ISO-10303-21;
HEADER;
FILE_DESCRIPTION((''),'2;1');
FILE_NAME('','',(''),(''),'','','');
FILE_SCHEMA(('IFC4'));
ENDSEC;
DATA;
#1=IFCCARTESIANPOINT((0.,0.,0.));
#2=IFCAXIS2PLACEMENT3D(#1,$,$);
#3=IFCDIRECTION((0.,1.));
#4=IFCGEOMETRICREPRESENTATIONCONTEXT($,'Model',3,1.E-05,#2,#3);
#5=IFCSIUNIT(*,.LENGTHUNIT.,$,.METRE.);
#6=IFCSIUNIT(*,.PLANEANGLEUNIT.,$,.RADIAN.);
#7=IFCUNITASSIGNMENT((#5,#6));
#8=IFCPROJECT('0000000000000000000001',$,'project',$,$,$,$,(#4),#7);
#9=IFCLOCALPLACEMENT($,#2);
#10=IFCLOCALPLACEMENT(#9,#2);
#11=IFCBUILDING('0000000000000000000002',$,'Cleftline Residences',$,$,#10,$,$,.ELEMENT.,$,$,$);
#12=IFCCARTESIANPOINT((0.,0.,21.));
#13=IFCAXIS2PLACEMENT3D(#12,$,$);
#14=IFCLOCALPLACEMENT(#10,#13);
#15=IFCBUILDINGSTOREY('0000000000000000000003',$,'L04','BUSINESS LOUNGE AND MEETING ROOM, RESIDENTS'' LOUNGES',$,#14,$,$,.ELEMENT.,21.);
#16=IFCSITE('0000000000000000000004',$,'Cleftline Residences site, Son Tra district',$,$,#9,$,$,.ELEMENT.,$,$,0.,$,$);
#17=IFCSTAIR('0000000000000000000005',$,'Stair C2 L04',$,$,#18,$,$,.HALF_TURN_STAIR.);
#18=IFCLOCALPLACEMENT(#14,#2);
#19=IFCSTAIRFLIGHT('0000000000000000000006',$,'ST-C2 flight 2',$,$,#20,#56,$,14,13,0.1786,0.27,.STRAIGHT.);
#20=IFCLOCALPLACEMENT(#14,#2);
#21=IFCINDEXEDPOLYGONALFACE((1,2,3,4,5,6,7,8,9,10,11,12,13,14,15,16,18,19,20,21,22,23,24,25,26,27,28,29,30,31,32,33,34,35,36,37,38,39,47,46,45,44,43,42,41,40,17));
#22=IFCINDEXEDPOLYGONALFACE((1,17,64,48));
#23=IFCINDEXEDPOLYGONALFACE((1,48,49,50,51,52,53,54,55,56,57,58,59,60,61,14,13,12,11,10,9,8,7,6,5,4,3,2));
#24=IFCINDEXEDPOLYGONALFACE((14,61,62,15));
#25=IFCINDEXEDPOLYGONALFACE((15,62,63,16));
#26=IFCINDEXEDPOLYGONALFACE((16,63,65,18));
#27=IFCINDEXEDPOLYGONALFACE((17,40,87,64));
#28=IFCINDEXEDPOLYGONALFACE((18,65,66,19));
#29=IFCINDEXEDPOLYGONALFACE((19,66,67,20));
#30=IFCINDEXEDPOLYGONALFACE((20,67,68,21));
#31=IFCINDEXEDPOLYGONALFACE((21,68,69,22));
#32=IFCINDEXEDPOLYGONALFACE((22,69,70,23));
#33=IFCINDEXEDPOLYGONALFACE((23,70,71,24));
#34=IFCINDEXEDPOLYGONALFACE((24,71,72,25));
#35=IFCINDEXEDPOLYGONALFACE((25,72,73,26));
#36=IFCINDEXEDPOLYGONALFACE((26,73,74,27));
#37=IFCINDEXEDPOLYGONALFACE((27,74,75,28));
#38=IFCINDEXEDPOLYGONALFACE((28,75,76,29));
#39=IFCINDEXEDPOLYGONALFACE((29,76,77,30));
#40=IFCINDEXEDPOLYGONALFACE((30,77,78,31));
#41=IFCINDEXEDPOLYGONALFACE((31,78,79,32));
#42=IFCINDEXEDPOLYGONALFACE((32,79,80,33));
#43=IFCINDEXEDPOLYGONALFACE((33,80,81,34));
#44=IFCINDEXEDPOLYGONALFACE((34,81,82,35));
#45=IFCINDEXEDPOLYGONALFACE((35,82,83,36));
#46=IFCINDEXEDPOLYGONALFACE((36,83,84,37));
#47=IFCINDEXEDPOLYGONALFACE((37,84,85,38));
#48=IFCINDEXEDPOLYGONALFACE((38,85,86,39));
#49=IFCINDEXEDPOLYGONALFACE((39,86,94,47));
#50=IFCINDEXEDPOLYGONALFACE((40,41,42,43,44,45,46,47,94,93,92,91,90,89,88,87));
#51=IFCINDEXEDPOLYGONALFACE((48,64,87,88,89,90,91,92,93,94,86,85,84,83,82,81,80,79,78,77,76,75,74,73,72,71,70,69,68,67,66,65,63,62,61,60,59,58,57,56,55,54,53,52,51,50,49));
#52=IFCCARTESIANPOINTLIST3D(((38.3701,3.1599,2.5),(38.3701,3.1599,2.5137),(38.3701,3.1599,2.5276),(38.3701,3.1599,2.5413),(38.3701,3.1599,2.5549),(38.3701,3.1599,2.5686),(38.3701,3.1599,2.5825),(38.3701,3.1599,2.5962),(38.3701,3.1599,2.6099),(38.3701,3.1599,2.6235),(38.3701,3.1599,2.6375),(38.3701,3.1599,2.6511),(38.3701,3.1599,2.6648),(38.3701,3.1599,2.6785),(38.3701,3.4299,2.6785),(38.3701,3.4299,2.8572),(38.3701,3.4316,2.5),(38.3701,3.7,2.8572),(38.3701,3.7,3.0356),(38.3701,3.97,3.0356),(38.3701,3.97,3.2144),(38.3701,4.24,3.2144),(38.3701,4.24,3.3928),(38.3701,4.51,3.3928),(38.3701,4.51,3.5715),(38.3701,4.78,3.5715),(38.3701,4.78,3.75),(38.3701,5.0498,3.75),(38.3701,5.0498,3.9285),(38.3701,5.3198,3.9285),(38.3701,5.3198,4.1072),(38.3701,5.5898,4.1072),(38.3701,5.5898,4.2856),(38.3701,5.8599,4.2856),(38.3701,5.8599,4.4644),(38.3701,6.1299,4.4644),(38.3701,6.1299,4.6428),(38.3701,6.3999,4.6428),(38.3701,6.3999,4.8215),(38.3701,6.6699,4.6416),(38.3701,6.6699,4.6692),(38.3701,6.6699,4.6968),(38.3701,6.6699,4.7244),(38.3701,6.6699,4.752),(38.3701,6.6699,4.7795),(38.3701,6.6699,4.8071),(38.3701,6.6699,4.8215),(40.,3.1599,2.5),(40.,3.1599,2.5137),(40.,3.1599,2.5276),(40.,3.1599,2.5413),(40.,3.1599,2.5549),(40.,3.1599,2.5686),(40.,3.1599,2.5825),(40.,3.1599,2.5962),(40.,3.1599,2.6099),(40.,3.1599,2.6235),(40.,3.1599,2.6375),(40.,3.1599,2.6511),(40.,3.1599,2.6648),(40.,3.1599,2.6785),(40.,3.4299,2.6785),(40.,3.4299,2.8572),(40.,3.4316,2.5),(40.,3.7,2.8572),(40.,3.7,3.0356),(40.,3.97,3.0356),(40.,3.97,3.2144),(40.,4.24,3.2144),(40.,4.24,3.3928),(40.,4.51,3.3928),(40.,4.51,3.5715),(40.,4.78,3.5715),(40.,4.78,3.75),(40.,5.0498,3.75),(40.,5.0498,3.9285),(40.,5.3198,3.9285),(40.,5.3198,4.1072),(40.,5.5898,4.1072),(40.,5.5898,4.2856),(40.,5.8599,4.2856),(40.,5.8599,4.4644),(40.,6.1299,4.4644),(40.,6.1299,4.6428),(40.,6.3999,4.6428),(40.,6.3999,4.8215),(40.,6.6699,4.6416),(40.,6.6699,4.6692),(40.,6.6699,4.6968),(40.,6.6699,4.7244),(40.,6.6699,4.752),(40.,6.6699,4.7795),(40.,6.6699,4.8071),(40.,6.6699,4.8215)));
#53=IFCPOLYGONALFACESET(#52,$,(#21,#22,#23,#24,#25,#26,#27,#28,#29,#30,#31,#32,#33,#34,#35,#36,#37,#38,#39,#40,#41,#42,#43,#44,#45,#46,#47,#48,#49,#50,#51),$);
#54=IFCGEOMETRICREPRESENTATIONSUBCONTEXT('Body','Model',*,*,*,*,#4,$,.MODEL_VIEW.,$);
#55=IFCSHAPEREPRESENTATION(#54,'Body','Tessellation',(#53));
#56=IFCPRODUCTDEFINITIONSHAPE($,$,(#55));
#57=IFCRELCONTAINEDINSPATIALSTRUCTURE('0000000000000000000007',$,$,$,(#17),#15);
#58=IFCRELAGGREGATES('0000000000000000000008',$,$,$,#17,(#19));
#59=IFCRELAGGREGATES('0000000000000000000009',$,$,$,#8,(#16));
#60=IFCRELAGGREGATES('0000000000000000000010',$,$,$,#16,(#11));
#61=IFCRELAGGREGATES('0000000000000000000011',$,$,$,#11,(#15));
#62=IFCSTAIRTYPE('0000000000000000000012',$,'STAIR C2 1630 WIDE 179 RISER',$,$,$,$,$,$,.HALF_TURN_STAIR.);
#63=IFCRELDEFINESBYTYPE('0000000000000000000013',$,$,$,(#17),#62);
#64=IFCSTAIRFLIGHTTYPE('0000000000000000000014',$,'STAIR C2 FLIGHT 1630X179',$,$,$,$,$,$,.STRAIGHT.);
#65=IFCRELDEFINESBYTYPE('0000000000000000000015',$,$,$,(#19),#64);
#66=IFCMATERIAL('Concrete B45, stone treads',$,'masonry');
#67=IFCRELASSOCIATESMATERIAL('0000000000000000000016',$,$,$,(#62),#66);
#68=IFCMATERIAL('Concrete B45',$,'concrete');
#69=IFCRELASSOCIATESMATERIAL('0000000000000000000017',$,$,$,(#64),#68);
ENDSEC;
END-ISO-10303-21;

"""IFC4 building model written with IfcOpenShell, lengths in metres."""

from ifc_helpers import new_model, si_unit, direction, frame, origin, place, context, subcontext, project, spatial, polyline, outline, extrude, material, type_object, element, aggregate, save


model = new_model("IFC4")

# Units and contexts
model_context = context("Model", 3, precision=1e-05, world=origin(), true_north=direction((0.0, 1.0)))
body_context = subcontext(model_context, "Body", "Model", "MODEL_VIEW")
ifc_project = project(units=[si_unit("LENGTHUNIT", "METRE"), si_unit("PLANEANGLEUNIT", "RADIAN")], contexts=[model_context])

# Site, building, storey
site_placement = place(None, origin())
site = spatial("IfcSite", under=ifc_project, at=site_placement, Name="Cleftline Residences site, Son Tra district", CompositionType="ELEMENT", RefElevation=0.0)
building_placement = place(site_placement, origin())
building = spatial("IfcBuilding", under=site, at=building_placement, Name="Cleftline Residences", CompositionType="ELEMENT")
storey_placement = place(building_placement, frame((0.0, 0.0, 21.0)))
storey = spatial("IfcBuildingStorey", under=building, at=storey_placement, Name="L04", Description="BUSINESS LOUNGE AND MEETING ROOM, RESIDENTS' LOUNGES", CompositionType="ELEMENT", Elevation=21.0)

# Stair, stair flight
ifc_material_1 = material(Name="Concrete B45, stone treads", Category="masonry")
stair_type = type_object("IfcStairType", Name="STAIR C2 1630 WIDE 179 RISER", PredefinedType="HALF_TURN_STAIR", material=ifc_material_1)
stair_placement = place(storey_placement, origin())
stair = element("IfcStair", 1, at=stair_placement, inside=storey, type_object=stair_type, Name="Stair C2 L04", PredefinedType="HALF_TURN_STAIR")
ifc_material_2 = material(Name="Concrete B45", Category="concrete")
stair_flight_type = type_object("IfcStairFlightType", Name="STAIR C2 FLIGHT 1630X179", PredefinedType="STRAIGHT", material=ifc_material_2)
stair_flight_1_placement = place(storey_placement, frame((39.1851, 3.1599, 2.5), z_axis=(0.0, 0.0, 1.0), x_axis=(0.0, 1.0, 0.0)))
stair_flight_1 = element("IfcStairFlight", 2, at=stair_flight_1_placement, type_object=stair_flight_type, Name="ST-C2 flight 2", NumberOfRisers=14, NumberOfTreads=13, PredefinedType="STRAIGHT", RiserHeight=0.1786, TreadLength=0.27, context=body_context, shape_type="SweptSolid", body=[
    extrude(outline(polyline([(0.0, 0.0), (0.0, 0.0137), (0.0, 0.0276), (0.0, 0.0413), (0.0, 0.0549), (0.0, 0.0686), (0.0, 0.0825), (0.0, 0.0962), (0.0, 0.1099), (0.0, 0.1235), (0.0, 0.1375), (0.0, 0.1511), (0.0, 0.1648), (0.0, 0.1785), (0.27, 0.1785), (0.27, 0.3572), (0.54, 0.3572), (0.54, 0.5356), (0.8101, 0.5356), (0.8101, 0.7144), (1.0801, 0.7144), (1.0801, 0.8928), (1.3501, 0.8928), (1.3501, 1.0715), (1.6201, 1.0715), (1.6201, 1.25), (1.8899, 1.25), (1.8899, 1.4285), (2.1599, 1.4285), (2.1599, 1.6072), (2.4299, 1.6072), (2.4299, 1.7856), (2.7, 1.7856), (2.7, 1.9644), (2.97, 1.9644), (2.97, 2.1428), (3.24, 2.1428), (3.24, 2.3215), (3.51, 2.3215), (3.51, 2.5), (3.51, 2.4724), (3.51, 2.4448), (3.51, 2.4172), (3.51, 2.3896), (3.51, 2.3623), (3.51, 2.3347), (3.51, 2.3071), (3.51, 2.2795), (3.51, 2.252), (3.51, 2.2244), (3.51, 2.1968), (3.51, 2.1692), (3.51, 2.1416), (0.2717, 0.0), (0.0, 0.0)])), frame((0.0, 0.8149, 0.0), z_axis=(0.0, -1.0, 0.0), x_axis=(1.0, 0.0, 0.0)), (0.0, 0.0, 1.0), 1.6299),
])
aggregate(stair, [stair_flight_1])

save(model, "model.ifc")
